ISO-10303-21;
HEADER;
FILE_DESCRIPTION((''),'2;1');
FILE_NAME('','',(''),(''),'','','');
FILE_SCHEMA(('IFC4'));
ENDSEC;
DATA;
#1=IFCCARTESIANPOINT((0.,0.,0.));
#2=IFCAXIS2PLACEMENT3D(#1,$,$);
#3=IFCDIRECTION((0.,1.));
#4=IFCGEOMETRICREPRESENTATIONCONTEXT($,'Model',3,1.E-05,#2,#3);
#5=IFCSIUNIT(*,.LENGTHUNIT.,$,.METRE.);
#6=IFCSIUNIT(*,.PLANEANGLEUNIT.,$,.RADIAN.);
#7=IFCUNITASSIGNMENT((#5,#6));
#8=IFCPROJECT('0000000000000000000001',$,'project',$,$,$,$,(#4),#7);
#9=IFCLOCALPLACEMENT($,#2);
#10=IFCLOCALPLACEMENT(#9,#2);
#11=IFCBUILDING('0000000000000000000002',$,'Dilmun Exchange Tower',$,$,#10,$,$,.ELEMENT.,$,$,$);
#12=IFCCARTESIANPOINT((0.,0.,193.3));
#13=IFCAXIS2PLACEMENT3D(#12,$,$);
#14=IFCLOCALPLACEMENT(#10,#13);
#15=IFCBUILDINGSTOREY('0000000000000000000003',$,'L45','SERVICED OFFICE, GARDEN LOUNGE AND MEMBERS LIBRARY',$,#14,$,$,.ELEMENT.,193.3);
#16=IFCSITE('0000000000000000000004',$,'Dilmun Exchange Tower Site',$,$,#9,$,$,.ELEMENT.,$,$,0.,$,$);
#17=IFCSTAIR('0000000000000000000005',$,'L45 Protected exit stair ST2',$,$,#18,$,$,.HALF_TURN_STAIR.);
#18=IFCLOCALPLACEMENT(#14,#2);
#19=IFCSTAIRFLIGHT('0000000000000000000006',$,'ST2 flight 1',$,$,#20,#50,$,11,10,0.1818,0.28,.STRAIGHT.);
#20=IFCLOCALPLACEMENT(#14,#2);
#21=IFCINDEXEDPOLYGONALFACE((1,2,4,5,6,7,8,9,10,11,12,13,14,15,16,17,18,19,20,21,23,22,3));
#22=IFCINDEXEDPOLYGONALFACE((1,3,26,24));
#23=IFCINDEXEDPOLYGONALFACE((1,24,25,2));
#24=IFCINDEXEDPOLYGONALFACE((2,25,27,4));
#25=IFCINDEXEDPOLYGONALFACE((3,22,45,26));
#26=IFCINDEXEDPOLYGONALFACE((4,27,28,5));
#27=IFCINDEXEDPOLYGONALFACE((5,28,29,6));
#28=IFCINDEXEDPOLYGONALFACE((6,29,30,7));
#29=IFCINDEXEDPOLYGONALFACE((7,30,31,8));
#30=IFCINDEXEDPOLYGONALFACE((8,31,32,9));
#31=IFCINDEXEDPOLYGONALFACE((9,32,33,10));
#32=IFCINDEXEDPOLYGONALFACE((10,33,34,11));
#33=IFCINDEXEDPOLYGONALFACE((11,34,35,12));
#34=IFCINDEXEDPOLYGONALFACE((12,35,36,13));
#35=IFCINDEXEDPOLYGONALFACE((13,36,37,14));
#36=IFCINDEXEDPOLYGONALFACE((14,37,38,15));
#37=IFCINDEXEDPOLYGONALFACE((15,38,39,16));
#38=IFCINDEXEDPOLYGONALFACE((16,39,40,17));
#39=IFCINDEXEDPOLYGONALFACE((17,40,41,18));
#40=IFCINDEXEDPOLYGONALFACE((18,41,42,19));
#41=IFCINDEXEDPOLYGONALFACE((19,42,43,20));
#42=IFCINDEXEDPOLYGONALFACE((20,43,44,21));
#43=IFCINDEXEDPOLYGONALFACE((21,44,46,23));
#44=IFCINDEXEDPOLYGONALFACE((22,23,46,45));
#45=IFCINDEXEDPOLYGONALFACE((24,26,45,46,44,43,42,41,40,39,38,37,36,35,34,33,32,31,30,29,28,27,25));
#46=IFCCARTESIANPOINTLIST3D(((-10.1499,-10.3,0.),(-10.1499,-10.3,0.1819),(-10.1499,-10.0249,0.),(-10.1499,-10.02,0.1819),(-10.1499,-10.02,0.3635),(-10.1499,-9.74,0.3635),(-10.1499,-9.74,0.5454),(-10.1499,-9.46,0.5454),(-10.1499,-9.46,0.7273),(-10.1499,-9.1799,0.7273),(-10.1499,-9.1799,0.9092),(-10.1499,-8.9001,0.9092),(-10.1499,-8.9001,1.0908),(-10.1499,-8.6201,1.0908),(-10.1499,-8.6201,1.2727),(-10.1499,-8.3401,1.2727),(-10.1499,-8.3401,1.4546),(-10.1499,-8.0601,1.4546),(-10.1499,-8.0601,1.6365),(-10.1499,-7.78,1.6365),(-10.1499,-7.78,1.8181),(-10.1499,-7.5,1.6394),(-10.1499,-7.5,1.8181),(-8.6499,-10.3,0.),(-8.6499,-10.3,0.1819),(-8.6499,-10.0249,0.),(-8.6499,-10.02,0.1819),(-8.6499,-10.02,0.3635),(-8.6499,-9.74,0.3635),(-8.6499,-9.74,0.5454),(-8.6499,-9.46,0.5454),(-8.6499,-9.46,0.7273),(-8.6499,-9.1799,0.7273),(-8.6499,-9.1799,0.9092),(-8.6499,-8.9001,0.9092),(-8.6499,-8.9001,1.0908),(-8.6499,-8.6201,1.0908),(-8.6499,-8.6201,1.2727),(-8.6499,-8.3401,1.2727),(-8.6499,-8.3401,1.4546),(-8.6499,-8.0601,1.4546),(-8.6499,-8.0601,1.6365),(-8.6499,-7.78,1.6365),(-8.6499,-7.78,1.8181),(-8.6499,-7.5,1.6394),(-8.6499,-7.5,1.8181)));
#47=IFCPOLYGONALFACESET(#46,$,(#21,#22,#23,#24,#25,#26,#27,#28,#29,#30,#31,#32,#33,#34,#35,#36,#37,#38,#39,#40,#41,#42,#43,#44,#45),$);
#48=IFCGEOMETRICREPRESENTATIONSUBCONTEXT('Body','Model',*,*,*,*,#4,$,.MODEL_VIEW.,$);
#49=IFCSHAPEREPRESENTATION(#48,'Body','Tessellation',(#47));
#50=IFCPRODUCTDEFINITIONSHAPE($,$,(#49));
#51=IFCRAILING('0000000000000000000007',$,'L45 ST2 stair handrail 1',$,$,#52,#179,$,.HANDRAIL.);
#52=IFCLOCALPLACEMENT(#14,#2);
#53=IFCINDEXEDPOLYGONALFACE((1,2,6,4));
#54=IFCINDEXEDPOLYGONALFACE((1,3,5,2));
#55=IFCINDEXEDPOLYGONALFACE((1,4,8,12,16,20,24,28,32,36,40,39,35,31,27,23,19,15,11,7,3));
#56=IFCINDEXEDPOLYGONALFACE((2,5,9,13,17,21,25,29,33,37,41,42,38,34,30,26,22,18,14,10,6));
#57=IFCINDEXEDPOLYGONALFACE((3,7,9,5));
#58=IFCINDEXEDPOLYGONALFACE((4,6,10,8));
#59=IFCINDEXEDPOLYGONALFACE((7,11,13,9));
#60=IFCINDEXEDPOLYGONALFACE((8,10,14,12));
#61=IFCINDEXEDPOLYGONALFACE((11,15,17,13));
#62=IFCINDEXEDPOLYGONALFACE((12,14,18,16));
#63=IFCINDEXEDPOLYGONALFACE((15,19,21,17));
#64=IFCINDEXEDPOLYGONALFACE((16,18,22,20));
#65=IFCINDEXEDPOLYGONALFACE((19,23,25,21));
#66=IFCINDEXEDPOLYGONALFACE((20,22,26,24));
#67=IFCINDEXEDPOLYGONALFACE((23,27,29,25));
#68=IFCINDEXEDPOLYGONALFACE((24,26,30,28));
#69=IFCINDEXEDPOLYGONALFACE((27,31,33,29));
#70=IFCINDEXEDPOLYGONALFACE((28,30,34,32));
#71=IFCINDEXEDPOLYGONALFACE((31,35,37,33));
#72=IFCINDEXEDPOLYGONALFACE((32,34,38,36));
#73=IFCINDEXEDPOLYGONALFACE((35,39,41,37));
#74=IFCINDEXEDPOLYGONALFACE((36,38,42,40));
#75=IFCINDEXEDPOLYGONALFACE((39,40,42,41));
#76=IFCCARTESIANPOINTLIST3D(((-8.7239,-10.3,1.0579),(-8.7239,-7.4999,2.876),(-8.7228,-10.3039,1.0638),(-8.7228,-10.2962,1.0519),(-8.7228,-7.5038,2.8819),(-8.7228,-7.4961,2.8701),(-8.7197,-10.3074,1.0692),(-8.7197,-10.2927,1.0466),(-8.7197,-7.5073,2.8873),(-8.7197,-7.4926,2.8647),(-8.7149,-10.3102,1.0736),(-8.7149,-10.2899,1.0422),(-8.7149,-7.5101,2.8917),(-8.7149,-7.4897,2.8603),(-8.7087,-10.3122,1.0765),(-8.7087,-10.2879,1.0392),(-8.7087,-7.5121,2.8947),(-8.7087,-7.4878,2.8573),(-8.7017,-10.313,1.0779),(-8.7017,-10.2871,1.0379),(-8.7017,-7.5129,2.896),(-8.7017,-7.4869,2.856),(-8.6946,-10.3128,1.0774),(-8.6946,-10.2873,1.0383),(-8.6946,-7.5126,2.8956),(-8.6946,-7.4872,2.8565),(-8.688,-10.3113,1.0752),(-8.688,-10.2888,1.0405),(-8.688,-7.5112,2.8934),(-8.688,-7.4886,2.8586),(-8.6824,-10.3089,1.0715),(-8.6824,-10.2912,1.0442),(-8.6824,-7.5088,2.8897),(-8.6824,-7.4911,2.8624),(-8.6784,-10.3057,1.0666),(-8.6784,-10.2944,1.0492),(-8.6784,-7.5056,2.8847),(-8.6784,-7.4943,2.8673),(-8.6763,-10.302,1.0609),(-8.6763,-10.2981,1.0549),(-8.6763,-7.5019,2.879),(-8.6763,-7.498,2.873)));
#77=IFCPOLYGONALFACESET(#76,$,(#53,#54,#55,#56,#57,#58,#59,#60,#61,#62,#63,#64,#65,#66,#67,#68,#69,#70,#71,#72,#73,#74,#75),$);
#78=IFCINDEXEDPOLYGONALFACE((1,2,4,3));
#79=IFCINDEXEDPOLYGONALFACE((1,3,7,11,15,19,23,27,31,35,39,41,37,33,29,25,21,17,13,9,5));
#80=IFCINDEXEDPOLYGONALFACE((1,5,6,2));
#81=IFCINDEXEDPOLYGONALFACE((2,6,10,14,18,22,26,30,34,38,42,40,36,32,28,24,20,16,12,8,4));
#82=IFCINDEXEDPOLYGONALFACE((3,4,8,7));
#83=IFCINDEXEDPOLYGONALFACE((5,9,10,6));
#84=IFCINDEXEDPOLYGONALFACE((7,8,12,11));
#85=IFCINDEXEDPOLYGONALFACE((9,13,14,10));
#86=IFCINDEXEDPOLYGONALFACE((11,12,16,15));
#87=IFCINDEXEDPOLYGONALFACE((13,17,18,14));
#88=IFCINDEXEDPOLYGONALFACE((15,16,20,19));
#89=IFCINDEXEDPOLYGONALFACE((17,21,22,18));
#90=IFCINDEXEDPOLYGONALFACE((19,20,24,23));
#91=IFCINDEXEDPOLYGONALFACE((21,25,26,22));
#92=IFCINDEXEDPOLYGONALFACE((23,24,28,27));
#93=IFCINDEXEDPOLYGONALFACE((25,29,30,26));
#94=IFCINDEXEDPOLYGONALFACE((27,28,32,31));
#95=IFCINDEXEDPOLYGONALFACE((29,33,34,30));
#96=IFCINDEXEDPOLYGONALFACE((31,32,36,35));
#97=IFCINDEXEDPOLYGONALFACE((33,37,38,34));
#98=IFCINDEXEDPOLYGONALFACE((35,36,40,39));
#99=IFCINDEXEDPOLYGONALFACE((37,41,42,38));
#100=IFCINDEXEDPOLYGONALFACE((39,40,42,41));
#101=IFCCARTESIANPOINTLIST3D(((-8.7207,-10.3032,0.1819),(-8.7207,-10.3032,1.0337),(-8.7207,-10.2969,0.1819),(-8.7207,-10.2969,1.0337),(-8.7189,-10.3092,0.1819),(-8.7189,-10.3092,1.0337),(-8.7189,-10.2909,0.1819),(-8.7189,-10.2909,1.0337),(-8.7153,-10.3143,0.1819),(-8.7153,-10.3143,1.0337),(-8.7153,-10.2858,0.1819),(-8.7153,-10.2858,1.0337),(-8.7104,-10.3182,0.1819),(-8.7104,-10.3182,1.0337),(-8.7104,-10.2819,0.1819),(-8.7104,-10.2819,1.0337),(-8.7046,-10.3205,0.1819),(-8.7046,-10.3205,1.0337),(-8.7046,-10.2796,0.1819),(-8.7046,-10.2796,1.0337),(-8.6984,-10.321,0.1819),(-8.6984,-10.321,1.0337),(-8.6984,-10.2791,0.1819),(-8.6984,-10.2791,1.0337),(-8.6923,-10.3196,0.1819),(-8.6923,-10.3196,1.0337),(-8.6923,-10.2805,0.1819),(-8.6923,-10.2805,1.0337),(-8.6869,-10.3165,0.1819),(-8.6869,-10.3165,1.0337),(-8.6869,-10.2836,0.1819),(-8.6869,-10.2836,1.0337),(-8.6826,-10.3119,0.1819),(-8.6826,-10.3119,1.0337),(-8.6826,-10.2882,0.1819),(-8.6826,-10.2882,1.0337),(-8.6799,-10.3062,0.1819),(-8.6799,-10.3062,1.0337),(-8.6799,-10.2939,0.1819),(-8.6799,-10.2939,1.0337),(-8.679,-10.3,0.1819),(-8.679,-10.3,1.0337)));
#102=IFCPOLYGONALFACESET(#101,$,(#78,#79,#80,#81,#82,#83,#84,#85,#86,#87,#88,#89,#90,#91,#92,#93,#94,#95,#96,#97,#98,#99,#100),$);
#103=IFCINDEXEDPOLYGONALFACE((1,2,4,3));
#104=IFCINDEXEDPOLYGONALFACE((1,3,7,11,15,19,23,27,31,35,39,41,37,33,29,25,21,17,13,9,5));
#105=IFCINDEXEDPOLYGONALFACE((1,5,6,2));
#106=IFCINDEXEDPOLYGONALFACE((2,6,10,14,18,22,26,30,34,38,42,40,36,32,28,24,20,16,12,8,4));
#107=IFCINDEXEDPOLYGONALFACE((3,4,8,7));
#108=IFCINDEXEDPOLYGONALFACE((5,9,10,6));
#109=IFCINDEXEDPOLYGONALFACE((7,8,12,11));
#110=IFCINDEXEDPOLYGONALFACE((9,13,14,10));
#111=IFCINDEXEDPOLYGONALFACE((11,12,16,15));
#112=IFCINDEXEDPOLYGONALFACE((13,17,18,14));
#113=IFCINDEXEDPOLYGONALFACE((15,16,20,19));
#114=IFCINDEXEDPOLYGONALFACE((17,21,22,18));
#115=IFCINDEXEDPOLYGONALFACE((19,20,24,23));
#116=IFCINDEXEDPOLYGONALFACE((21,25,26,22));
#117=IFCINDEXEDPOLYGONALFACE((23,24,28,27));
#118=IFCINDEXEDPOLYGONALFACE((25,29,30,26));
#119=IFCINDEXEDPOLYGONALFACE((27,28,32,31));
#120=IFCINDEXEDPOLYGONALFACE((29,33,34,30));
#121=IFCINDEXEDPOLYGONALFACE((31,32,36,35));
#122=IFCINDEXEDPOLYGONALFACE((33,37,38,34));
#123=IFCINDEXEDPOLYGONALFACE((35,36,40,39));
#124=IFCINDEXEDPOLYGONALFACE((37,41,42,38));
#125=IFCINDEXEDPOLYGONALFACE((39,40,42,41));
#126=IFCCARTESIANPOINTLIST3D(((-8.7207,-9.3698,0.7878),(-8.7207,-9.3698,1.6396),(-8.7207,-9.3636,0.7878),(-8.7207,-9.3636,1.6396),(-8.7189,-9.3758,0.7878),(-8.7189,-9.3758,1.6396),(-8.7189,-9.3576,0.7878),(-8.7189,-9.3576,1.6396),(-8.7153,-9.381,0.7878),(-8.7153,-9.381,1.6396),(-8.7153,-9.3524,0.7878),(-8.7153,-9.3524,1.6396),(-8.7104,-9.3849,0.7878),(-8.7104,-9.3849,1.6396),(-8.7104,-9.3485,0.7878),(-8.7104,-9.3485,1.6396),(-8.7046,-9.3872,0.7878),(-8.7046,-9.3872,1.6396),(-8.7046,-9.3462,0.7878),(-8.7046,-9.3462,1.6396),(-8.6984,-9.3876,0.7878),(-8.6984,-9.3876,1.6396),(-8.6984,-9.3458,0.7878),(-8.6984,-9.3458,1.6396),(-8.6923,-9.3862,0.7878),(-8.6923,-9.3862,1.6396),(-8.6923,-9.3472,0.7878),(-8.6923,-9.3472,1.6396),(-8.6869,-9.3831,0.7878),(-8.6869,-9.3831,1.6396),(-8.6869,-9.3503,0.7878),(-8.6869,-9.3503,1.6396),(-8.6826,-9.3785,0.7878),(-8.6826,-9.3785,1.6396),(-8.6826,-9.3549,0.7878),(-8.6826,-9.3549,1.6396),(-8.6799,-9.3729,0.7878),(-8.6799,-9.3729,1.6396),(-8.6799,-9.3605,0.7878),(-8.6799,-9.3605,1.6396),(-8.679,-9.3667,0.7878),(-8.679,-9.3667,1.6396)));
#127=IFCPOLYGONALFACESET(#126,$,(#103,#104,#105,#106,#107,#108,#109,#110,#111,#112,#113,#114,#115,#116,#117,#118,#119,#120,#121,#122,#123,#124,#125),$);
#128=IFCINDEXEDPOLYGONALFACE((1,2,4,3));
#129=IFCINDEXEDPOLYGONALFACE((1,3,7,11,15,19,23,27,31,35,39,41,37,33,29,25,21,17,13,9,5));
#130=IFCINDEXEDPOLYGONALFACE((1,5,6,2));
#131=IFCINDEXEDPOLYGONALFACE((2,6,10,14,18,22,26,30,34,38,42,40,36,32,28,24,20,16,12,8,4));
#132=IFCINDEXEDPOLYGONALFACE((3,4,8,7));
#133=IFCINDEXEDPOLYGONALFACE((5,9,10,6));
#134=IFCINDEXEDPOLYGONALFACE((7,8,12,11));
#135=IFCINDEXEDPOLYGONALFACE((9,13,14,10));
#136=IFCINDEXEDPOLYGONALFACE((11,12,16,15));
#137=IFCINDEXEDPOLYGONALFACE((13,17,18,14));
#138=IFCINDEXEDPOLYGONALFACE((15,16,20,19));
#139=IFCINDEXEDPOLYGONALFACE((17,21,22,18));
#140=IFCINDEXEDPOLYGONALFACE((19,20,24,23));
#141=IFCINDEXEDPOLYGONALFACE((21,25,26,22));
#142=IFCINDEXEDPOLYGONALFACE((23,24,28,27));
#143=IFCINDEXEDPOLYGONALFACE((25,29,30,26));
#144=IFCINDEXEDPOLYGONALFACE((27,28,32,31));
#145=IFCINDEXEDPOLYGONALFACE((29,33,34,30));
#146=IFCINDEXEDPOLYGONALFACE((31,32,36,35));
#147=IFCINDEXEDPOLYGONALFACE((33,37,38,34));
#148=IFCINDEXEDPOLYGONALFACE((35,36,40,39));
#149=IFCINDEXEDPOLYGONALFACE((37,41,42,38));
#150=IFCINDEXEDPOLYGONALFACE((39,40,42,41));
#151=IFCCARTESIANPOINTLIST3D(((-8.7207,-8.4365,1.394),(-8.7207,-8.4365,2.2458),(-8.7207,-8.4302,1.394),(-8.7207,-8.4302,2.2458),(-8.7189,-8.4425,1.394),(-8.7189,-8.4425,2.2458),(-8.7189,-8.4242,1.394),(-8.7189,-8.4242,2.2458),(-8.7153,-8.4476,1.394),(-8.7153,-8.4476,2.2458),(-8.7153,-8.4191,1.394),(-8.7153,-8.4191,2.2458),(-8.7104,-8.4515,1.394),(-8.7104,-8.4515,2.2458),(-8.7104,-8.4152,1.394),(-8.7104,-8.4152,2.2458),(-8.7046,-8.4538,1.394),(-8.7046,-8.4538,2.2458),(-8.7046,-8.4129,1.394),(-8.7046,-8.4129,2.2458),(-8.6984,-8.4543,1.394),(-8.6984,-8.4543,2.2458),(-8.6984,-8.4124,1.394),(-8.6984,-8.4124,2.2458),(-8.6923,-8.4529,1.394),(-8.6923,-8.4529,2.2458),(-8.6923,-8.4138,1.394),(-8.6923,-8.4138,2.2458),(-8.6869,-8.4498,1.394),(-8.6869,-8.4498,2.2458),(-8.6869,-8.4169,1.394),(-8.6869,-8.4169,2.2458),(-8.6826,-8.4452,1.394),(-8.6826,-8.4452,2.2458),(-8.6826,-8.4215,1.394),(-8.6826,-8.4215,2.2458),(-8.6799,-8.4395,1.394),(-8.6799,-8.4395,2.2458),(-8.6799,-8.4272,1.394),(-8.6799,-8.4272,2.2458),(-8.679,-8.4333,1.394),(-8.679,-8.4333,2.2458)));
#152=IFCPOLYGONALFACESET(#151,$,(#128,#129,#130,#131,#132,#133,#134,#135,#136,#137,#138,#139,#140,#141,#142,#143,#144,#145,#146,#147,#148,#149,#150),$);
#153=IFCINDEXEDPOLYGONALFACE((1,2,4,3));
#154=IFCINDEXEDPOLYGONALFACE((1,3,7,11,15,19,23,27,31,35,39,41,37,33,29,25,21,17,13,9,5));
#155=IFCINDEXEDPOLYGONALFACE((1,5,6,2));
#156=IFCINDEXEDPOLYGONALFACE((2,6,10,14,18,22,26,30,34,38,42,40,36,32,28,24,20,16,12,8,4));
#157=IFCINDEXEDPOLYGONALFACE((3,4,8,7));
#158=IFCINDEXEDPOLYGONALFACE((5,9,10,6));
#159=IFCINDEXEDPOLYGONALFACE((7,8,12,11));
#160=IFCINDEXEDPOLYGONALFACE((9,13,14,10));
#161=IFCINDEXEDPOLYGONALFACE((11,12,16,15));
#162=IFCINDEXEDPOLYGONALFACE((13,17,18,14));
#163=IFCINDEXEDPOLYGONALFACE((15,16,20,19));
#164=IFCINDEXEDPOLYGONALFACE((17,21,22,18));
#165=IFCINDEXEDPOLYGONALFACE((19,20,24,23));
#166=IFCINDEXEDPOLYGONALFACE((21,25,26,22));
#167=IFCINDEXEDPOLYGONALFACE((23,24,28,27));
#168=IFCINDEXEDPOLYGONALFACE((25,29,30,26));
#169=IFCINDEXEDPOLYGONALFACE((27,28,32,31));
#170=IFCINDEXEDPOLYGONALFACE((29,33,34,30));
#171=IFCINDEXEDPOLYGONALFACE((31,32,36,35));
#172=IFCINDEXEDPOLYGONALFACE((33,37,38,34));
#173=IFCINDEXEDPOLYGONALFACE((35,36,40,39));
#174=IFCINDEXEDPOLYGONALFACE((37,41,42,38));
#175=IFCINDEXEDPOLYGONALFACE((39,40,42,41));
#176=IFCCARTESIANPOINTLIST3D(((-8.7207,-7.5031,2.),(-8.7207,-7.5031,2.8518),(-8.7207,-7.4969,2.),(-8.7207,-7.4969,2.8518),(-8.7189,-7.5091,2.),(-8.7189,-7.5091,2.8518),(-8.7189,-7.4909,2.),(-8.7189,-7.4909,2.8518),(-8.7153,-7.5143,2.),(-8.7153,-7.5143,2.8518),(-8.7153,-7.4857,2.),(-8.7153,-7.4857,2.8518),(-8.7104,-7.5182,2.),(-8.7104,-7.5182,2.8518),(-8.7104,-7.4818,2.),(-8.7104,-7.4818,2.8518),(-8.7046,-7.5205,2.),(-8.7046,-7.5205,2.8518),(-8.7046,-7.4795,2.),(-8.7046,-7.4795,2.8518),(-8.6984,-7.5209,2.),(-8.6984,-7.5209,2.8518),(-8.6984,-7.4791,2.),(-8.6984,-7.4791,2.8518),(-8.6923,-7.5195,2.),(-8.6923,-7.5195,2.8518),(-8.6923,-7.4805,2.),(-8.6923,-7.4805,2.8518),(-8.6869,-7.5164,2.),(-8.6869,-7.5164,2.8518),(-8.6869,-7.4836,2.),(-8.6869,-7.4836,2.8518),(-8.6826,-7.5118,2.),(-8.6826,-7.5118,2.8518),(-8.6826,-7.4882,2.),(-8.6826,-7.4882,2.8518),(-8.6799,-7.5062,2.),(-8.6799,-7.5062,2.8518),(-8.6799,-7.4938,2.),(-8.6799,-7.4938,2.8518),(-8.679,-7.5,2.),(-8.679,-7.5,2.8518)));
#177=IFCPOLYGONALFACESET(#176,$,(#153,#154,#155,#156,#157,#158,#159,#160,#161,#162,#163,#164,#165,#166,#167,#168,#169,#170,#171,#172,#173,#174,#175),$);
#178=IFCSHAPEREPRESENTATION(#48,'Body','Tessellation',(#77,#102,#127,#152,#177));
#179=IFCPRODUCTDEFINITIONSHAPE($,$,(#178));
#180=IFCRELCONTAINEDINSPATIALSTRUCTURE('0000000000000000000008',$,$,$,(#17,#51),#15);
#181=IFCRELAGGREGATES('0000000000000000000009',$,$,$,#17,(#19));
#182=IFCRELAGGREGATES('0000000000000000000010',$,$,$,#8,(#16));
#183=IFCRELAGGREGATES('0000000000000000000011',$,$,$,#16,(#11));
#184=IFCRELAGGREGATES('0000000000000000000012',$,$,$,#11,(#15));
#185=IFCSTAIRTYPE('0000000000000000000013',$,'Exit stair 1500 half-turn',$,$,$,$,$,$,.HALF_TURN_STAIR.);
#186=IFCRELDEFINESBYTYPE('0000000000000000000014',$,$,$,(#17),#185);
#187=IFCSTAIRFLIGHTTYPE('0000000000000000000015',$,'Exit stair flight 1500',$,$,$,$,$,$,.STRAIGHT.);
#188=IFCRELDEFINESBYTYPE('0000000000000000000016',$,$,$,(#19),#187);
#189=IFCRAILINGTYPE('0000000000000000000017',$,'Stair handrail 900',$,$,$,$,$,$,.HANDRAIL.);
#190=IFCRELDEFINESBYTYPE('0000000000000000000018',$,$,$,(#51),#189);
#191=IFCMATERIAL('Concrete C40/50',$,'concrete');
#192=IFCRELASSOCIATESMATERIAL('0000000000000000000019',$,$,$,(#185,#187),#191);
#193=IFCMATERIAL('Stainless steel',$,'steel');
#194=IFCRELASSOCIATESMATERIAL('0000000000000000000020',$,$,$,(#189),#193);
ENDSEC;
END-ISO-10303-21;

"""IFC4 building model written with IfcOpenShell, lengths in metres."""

from ifc_helpers import new_model, si_unit, direction, frame, origin, origin_2d, place, context, subcontext, project, spatial, polyline, circle, outline, extrude, material, type_object, element, aggregate, save


model = new_model("IFC4")

# Units and contexts
model_context = context("Model", 3, precision=1e-05, world=origin(), true_north=direction((0.0, 1.0)))
body_context = subcontext(model_context, "Body", "Model", "MODEL_VIEW")
ifc_project = project(units=[si_unit("LENGTHUNIT", "METRE"), si_unit("PLANEANGLEUNIT", "RADIAN")], contexts=[model_context])

# Site, building, storey
site_placement = place(None, origin())
site = spatial("IfcSite", under=ifc_project, at=site_placement, Name="Dilmun Exchange Tower Site", CompositionType="ELEMENT", RefElevation=0.0)
building_placement = place(site_placement, origin())
building = spatial("IfcBuilding", under=site, at=building_placement, Name="Dilmun Exchange Tower", CompositionType="ELEMENT")
storey_placement = place(building_placement, frame((0.0, 0.0, 193.3)))
storey = spatial("IfcBuildingStorey", under=building, at=storey_placement, Name="L45", Description="SERVICED OFFICE, GARDEN LOUNGE AND MEMBERS LIBRARY", CompositionType="ELEMENT", Elevation=193.3)

# Shared definitions
ifc_material_1 = material(Name="Concrete C40/50", Category="concrete")

# Stair, stair flight
stair_type = type_object("IfcStairType", Name="Exit stair 1500 half-turn", PredefinedType="HALF_TURN_STAIR", material=ifc_material_1)
stair_placement = place(storey_placement, origin())
stair = element("IfcStair", 1, at=stair_placement, inside=storey, type_object=stair_type, Name="L45 Protected exit stair ST2", PredefinedType="HALF_TURN_STAIR")
stair_flight_type = type_object("IfcStairFlightType", Name="Exit stair flight 1500", PredefinedType="STRAIGHT", material=ifc_material_1)
stair_flight_placement = place(storey_placement, frame((-9.3999, -10.3, 0.0), z_axis=(0.0, 0.0, 1.0), x_axis=(0.0, 1.0, 0.0)))
stair_flight = element("IfcStairFlight", 2, at=stair_flight_placement, type_object=stair_flight_type, Name="ST2 flight 1", NumberOfRisers=11, NumberOfTreads=10, PredefinedType="STRAIGHT", RiserHeight=0.1818, TreadLength=0.28, context=body_context, shape_type="SweptSolid", body=[
    extrude(outline(polyline([(0.0, 0.0), (0.0, 0.1819), (0.28, 0.1819), (0.28, 0.3635), (0.5601, 0.3635), (0.5601, 0.5454), (0.8401, 0.5454), (0.8401, 0.7273), (1.1201, 0.7273), (1.1201, 0.9092), (1.3999, 0.9092), (1.3999, 1.0908), (1.6799, 1.0908), (1.6799, 1.2727), (1.96, 1.2727), (1.96, 1.4546), (2.24, 1.4546), (2.24, 1.6365), (2.52, 1.6365), (2.52, 1.8181), (2.8, 1.8181), (2.8, 2.0), (2.8, 1.6394), (0.2751, 0.0), (0.0, 0.0)])), frame((0.0, 0.75, 0.0), z_axis=(0.0, -1.0, 0.0), x_axis=(1.0, 0.0, 0.0)), (0.0, 0.0, 1.0), 1.5),
])
aggregate(stair, [stair_flight])

# Railing
ifc_material_2 = material(Name="Stainless steel", Category="steel")
railing_type = type_object("IfcRailingType", Name="Stair handrail 900", PredefinedType="HANDRAIL", material=ifc_material_2)
railing_placement = place(storey_placement, frame((-8.7, -10.3, 0.1819)))
element("IfcRailing", 3, at=railing_placement, inside=storey, type_object=railing_type, Name="L45 ST2 stair handrail 1", PredefinedType="HANDRAIL", context=body_context, shape_type="SweptSolid", body=[
    extrude(circle(Radius=0.0239, at=origin_2d()), frame((0.0, 0.0, 0.876), z_axis=(0.0, 0.838706, 0.544585), x_axis=(-1.0, 0.0, 0.0)), (0.0, 0.0, 1.0), 3.3386),
    extrude(circle(Radius=0.021, at=origin_2d()), origin(), (0.0, 0.0, 1.0), 0.8518),
    extrude(circle(Radius=0.021, at=origin_2d()), frame((0.0, 0.9333, 0.606)), (0.0, 0.0, 1.0), 0.8518),
    extrude(circle(Radius=0.021, at=origin_2d()), frame((0.0, 1.8667, 1.2122)), (0.0, 0.0, 1.0), 0.8518),
    extrude(circle(Radius=0.021, at=origin_2d()), frame((0.0, 2.8, 1.8181)), (0.0, 0.0, 1.0), 0.8518),
])

save(model, "model.ifc")
